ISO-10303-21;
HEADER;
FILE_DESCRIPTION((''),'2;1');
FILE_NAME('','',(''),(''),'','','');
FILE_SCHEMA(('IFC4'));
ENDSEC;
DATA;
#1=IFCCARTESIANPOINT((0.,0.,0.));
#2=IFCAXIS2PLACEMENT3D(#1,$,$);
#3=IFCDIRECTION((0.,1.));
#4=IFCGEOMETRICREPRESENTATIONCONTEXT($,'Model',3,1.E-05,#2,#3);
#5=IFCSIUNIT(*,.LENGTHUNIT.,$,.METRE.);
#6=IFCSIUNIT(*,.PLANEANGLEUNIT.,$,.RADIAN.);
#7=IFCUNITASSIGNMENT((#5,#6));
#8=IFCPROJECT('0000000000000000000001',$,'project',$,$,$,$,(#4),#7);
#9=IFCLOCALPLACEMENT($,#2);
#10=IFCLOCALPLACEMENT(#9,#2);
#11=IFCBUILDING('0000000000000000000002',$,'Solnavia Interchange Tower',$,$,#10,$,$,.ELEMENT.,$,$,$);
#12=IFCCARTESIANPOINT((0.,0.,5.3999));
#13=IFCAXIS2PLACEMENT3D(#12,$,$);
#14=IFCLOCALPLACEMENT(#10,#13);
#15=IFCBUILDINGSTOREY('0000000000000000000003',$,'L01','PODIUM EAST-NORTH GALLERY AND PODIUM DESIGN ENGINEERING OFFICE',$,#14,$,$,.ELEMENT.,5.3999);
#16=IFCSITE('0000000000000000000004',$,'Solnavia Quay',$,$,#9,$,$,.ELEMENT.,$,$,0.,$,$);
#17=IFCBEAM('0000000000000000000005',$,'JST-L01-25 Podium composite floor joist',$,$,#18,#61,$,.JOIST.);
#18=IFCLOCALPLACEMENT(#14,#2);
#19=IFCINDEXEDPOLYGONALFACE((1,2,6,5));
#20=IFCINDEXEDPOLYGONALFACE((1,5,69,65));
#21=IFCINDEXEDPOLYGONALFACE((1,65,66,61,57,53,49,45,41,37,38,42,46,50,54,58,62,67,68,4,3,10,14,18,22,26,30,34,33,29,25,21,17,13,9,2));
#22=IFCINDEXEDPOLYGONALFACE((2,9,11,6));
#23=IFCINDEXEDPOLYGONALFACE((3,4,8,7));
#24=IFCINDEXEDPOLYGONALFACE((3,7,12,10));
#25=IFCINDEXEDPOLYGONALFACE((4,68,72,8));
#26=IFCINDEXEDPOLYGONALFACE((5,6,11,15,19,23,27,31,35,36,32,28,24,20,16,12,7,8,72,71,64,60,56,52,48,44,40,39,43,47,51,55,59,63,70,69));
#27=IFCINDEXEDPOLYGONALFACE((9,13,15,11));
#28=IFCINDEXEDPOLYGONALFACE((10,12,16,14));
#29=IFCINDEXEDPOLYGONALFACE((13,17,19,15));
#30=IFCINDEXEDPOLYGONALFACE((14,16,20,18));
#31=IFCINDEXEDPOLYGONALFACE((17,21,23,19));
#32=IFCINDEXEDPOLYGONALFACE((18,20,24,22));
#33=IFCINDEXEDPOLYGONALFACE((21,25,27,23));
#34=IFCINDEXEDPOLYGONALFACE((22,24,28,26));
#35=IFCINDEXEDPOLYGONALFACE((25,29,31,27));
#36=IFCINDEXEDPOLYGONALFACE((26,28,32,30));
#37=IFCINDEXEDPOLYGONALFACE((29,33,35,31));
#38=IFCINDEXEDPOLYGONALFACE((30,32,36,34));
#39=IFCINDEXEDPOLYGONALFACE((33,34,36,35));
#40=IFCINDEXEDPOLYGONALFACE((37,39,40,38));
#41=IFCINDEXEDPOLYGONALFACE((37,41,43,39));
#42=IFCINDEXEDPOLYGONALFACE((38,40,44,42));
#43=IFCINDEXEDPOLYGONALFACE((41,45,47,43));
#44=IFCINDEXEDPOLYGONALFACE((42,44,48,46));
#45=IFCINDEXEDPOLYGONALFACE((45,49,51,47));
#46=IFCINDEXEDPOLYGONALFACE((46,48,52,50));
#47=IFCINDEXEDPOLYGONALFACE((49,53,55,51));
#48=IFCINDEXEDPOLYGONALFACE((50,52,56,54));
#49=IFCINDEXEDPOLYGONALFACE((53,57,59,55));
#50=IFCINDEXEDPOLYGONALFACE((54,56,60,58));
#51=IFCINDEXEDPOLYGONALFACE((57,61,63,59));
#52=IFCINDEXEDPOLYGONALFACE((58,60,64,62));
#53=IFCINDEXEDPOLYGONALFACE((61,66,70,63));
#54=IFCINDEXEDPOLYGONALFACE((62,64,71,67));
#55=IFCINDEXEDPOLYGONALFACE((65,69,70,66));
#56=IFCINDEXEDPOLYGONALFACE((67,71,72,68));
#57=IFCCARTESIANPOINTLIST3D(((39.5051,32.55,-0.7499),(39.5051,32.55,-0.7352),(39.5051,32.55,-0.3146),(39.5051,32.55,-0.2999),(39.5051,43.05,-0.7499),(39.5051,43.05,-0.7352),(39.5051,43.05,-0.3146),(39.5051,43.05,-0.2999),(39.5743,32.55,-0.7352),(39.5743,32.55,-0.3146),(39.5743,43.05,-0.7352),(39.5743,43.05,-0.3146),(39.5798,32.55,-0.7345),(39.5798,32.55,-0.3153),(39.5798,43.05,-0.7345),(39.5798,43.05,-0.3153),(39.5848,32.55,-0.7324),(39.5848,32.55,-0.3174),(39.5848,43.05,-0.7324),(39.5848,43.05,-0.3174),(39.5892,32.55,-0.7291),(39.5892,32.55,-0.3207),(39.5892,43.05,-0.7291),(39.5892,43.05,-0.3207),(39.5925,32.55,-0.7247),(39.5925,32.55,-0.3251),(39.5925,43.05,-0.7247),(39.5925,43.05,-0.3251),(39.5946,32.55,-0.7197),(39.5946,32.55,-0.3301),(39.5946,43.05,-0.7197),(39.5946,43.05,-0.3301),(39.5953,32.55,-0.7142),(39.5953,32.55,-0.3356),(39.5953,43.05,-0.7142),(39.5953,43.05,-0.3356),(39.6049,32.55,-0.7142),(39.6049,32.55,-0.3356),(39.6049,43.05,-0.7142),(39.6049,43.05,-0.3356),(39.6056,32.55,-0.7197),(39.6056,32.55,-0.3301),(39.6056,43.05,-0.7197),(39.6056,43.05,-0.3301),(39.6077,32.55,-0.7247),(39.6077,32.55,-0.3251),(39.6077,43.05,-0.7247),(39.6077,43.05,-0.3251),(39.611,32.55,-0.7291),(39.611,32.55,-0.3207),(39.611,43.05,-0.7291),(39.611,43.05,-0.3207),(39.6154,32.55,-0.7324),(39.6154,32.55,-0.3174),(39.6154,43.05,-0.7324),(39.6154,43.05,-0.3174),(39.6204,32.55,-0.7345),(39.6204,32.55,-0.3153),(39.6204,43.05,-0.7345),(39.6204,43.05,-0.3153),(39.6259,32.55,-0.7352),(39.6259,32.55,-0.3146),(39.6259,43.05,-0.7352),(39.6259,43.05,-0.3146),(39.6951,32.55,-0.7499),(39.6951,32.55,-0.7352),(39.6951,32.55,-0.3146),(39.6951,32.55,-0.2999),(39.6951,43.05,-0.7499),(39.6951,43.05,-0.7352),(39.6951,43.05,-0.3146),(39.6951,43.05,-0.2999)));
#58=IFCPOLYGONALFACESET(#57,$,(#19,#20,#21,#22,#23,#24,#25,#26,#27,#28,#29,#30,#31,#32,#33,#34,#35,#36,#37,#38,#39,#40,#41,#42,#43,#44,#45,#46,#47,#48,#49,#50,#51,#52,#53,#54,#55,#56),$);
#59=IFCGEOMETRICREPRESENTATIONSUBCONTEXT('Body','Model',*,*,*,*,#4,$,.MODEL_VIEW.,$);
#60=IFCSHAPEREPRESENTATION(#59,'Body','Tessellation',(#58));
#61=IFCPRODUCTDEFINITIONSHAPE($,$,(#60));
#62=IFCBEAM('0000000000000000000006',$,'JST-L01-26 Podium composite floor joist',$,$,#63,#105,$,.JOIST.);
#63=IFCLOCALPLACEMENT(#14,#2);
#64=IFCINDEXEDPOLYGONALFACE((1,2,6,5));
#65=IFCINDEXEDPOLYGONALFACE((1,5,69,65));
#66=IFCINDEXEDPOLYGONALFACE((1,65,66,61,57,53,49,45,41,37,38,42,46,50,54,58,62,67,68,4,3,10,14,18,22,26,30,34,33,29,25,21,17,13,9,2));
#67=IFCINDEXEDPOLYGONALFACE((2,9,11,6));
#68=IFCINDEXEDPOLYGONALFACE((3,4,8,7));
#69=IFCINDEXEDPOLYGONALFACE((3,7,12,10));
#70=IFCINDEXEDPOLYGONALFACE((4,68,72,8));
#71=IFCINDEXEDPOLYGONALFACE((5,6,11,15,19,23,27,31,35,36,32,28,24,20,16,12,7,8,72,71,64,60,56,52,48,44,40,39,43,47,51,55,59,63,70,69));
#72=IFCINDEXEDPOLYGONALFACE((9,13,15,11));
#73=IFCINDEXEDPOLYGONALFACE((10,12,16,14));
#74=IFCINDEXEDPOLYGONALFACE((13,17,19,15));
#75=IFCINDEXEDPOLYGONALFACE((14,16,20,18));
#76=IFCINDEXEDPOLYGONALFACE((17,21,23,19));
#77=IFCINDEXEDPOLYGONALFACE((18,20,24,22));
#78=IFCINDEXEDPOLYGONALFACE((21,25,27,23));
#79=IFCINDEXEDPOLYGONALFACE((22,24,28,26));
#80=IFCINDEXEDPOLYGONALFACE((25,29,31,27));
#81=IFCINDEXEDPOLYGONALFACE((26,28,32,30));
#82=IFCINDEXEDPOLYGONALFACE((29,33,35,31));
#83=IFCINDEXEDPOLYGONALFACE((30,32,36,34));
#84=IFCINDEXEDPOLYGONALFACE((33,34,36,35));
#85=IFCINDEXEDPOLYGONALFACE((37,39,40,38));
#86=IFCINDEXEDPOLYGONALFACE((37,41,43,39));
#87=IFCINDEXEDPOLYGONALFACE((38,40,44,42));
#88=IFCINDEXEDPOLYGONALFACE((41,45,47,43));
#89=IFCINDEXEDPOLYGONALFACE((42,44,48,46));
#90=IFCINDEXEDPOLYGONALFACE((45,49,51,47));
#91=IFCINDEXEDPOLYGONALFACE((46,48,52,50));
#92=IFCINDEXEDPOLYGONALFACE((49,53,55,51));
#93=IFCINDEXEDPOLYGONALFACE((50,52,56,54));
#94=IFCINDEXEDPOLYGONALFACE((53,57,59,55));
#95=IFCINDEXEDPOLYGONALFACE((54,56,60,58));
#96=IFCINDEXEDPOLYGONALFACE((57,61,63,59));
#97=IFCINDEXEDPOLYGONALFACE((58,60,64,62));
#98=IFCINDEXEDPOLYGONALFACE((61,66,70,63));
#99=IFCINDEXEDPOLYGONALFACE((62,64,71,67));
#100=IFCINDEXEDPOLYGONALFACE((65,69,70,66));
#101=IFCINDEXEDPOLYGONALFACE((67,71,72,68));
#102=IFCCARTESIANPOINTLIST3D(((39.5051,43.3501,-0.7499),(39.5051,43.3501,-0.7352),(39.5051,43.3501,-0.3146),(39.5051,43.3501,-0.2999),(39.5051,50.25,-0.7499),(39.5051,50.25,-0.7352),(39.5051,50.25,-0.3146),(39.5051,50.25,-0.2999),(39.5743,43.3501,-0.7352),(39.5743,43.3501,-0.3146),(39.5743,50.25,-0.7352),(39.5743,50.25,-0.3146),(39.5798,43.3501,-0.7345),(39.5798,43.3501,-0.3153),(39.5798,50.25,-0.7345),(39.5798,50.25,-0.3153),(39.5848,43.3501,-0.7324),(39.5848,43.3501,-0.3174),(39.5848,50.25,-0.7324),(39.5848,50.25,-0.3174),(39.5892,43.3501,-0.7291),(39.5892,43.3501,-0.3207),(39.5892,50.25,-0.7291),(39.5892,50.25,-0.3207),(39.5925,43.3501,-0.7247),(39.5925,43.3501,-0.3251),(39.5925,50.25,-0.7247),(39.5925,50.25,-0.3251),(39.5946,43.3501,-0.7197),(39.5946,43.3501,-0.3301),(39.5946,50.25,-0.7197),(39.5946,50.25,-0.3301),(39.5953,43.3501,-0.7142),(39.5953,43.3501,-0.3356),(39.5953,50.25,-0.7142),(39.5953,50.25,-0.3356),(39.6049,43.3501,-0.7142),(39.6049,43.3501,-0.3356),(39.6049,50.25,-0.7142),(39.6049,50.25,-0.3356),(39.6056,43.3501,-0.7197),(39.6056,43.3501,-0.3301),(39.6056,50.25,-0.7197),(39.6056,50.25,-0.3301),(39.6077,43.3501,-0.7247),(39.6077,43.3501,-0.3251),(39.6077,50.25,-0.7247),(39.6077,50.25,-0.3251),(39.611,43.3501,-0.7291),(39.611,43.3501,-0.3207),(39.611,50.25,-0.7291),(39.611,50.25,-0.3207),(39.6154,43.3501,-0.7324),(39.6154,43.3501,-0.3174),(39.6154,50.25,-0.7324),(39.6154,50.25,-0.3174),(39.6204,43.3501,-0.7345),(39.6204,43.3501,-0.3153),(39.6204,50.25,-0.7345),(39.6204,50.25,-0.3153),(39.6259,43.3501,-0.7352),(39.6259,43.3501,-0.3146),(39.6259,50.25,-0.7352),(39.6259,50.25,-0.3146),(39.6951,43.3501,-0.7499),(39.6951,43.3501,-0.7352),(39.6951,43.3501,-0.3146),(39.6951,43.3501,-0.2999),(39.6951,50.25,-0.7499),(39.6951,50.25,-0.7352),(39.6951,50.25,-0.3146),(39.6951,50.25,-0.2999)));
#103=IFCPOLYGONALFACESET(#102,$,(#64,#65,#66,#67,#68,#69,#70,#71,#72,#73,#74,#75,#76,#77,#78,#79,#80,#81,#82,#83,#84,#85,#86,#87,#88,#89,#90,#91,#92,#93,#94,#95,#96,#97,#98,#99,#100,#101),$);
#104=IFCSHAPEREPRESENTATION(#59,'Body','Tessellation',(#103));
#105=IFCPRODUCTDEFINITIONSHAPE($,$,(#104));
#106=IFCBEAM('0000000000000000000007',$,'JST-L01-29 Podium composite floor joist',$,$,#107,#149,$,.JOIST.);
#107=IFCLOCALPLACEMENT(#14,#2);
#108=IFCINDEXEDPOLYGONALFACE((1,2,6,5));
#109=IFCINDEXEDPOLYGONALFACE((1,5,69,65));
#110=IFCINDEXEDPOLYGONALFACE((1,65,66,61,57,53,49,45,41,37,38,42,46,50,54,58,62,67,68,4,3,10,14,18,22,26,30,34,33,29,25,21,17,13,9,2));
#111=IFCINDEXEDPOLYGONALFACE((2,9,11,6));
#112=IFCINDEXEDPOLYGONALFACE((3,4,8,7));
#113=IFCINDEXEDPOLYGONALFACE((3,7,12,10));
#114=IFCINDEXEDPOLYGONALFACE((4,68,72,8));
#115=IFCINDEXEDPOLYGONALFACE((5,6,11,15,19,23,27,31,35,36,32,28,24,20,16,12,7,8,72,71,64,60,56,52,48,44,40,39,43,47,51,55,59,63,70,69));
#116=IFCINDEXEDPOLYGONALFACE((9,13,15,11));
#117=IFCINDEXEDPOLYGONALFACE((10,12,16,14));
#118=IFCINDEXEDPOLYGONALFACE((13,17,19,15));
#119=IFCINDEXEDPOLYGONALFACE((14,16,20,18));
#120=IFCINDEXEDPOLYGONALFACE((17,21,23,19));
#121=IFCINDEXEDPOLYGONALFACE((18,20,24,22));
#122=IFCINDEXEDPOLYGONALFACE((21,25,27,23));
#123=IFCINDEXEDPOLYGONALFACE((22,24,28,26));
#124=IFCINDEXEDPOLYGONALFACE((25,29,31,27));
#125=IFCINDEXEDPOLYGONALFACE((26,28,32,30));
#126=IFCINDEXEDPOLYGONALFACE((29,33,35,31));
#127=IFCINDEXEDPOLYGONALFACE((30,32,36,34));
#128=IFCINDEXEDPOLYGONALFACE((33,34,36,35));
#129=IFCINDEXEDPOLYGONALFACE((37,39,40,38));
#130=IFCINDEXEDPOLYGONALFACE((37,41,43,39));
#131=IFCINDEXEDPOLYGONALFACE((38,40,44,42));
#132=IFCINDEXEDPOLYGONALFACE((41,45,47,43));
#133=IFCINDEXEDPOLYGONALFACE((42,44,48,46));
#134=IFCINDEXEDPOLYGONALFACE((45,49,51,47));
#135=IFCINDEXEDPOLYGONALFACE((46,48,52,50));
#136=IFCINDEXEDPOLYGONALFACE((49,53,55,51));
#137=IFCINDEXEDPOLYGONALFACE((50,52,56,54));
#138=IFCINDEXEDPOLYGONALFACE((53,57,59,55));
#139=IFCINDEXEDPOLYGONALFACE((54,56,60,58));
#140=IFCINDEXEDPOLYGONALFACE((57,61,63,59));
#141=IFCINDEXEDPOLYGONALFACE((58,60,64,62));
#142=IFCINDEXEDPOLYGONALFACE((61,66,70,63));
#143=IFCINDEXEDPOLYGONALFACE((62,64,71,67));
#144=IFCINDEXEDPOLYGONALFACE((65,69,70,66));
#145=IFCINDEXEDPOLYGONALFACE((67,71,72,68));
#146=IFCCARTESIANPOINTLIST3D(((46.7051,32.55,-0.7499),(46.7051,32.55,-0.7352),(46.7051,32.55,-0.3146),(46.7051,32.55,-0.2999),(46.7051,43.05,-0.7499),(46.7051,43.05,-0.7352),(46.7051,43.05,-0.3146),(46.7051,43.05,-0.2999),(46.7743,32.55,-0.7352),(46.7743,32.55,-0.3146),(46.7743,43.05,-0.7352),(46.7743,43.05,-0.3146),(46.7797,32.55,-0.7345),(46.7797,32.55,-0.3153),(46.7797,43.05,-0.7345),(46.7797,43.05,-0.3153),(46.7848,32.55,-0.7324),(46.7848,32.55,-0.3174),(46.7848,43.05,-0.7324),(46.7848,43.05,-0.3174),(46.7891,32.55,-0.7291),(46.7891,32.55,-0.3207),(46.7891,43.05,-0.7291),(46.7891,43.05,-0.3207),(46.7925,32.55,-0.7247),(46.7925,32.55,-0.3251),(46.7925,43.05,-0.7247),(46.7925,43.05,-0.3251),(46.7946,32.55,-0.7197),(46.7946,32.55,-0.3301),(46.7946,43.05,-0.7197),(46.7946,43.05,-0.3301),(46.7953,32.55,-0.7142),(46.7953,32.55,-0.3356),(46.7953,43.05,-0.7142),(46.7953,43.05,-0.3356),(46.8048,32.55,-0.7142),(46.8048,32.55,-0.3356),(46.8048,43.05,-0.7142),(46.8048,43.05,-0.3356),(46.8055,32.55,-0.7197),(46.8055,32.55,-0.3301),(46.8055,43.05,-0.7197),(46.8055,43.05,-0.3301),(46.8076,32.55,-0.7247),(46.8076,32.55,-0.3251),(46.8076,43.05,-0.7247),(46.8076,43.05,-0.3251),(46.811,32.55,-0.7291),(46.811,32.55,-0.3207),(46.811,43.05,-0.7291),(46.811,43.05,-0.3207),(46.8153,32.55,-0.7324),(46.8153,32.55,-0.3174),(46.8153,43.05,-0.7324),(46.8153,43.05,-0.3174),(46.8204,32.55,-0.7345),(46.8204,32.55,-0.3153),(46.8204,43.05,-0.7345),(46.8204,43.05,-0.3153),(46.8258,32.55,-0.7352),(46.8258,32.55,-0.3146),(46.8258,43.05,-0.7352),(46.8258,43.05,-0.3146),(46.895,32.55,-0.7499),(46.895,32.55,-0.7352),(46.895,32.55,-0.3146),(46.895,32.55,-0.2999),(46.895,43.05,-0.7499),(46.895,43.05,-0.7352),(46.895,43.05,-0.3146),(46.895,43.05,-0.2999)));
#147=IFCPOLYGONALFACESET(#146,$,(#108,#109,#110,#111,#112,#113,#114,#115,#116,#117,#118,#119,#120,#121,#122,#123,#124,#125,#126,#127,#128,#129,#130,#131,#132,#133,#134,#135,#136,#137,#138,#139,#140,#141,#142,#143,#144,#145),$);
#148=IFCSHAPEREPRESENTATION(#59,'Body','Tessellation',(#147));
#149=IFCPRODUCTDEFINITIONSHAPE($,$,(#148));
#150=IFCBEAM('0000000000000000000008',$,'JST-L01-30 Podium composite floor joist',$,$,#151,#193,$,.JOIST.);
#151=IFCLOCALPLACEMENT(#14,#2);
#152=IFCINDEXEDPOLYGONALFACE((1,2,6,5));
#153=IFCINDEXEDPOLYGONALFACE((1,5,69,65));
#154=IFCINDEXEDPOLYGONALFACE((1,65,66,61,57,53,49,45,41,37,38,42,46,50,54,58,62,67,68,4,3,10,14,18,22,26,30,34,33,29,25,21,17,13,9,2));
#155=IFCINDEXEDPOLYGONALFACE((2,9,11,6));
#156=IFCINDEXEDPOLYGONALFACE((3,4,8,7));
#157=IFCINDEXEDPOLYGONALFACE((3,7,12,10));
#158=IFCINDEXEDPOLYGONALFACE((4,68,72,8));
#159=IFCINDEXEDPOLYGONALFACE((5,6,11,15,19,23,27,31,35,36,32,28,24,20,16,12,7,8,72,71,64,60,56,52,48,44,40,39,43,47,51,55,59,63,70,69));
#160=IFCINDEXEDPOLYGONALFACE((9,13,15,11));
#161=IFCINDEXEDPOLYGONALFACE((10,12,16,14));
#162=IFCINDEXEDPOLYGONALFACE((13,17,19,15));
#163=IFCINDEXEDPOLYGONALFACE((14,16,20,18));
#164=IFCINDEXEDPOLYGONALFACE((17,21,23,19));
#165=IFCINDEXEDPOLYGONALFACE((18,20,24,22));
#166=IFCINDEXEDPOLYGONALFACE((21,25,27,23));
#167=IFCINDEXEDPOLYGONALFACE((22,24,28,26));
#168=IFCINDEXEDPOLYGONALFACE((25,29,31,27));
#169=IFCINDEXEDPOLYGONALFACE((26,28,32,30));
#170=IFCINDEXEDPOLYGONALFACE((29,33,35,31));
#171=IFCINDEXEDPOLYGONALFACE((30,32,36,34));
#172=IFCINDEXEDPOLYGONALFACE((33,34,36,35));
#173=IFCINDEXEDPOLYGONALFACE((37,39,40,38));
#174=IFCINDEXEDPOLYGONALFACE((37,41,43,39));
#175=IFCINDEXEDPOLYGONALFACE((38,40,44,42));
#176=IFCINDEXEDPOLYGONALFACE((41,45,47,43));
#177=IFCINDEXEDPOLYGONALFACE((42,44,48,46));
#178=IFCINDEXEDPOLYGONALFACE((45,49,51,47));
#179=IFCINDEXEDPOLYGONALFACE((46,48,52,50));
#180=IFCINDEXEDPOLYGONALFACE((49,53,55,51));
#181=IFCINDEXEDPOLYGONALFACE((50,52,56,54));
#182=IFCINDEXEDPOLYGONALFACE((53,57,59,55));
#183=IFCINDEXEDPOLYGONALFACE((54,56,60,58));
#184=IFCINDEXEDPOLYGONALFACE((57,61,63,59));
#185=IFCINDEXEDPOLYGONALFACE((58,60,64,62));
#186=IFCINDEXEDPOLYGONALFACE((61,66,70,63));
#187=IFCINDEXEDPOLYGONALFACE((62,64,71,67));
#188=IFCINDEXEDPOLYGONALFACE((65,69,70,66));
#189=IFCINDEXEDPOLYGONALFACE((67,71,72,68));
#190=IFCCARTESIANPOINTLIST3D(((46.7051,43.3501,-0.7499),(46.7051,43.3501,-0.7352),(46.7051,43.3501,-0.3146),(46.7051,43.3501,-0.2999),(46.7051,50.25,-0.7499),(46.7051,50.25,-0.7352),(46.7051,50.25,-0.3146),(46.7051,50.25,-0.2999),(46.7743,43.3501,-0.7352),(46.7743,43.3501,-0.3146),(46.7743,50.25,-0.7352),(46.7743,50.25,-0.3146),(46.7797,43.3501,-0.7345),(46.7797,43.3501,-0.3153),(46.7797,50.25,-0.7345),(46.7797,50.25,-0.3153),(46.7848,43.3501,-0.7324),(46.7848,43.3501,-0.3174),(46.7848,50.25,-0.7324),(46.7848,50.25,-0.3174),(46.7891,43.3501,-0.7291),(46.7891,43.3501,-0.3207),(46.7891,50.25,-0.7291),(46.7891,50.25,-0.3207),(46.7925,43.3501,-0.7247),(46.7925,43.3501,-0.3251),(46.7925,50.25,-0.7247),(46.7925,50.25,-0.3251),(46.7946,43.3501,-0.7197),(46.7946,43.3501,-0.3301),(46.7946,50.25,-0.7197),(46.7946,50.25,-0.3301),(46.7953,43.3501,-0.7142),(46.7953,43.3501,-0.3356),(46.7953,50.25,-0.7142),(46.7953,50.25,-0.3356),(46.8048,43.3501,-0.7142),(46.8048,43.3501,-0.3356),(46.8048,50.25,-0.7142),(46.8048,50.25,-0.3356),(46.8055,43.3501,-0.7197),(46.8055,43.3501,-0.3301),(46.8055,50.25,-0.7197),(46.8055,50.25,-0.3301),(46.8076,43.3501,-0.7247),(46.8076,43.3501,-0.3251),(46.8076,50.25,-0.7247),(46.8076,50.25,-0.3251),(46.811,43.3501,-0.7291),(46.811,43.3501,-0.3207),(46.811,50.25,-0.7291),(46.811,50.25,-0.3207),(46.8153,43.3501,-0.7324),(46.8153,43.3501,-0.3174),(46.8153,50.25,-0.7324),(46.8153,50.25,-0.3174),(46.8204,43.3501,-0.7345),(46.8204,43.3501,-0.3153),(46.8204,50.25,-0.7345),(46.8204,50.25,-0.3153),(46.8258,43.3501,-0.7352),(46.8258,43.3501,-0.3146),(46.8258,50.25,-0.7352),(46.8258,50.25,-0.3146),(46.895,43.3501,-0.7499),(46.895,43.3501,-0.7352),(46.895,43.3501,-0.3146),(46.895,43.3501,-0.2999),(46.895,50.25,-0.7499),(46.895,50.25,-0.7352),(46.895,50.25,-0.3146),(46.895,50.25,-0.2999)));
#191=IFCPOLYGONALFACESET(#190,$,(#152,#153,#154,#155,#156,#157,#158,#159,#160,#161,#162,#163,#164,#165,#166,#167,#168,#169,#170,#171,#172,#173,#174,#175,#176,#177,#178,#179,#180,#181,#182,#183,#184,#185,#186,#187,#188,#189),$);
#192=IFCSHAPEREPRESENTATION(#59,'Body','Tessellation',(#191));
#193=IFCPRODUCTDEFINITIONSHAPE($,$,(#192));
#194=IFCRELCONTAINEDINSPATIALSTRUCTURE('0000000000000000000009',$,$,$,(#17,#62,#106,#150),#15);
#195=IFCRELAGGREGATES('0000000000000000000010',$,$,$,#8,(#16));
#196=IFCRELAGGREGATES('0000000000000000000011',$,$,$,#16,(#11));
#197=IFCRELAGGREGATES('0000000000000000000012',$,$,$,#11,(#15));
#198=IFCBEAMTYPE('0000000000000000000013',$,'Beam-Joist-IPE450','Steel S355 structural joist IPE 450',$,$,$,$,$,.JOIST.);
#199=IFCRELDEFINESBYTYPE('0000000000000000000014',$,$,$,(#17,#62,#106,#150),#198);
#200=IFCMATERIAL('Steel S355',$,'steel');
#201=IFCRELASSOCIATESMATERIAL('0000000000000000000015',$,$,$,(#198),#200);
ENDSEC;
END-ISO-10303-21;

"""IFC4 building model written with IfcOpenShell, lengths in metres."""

from ifc_helpers import new_model, si_unit, direction, frame, origin, origin_2d, place, context, subcontext, project, spatial, i_section, extrude, material, material_profile, profile_set, type_object, element, save


model = new_model("IFC4")

# Units and contexts
model_context = context("Model", 3, precision=1e-05, world=origin(), true_north=direction((0.0, 1.0)))
body_context = subcontext(model_context, "Body", "Model", "MODEL_VIEW")
ifc_project = project(units=[si_unit("LENGTHUNIT", "METRE"), si_unit("PLANEANGLEUNIT", "RADIAN")], contexts=[model_context])

# Site, building, storey
site_placement = place(None, origin())
site = spatial("IfcSite", under=ifc_project, at=site_placement, Name="Solnavia Quay", CompositionType="ELEMENT", RefElevation=0.0)
building_placement = place(site_placement, origin())
building = spatial("IfcBuilding", under=site, at=building_placement, Name="Solnavia Interchange Tower", CompositionType="ELEMENT")
storey_placement = place(building_placement, frame((0.0, 0.0, 5.3999)))
storey = spatial("IfcBuildingStorey", under=building, at=storey_placement, Name="L01", Description="PODIUM EAST-NORTH GALLERY AND PODIUM DESIGN ENGINEERING OFFICE", CompositionType="ELEMENT", Elevation=5.3999)

# Beams
ifc_material_1 = material(Name="Steel S355", Category="steel")
ifc_material_profile_1 = material_profile(ifc_material_1, i_section(OverallWidth=0.1899, OverallDepth=0.45, WebThickness=0.0095, FlangeThickness=0.0146, FilletRadius=0.021, at=origin_2d()), Name="IPE 450")
ifc_profile_set_1 = profile_set([ifc_material_profile_1], Name="Steel S355")
beam_type_1 = type_object("IfcBeamType", Name="Beam-Joist-IPE450", Description="Steel S355 structural joist IPE 450", PredefinedType="JOIST", material=ifc_profile_set_1)
beam_1_placement = place(storey_placement, frame((39.6001, 32.55, -0.5249), z_axis=(0.0, 1.0, 0.0), x_axis=(-1.0, 0.0, 0.0)))
element("IfcBeam", 1, at=beam_1_placement, inside=storey, type_object=beam_type_1, Name="JST-L01-25 Podium composite floor joist", PredefinedType="JOIST", context=body_context, shape_type="SweptSolid", body=[
    extrude(i_section(OverallWidth=0.1899, OverallDepth=0.45, WebThickness=0.0095, FlangeThickness=0.0146, FilletRadius=0.021, at=origin_2d()), origin(), (0.0, 0.0, 1.0), 10.5),
])
beam_2_placement = place(storey_placement, frame((39.6001, 43.3501, -0.5249), z_axis=(0.0, 1.0, 0.0), x_axis=(-1.0, 0.0, 0.0)))
element("IfcBeam", 2, at=beam_2_placement, inside=storey, type_object=beam_type_1, Name="JST-L01-26 Podium composite floor joist", PredefinedType="JOIST", context=body_context, shape_type="SweptSolid", body=[
    extrude(i_section(OverallWidth=0.1899, OverallDepth=0.45, WebThickness=0.0095, FlangeThickness=0.0146, FilletRadius=0.021, at=origin_2d()), origin(), (0.0, 0.0, 1.0), 6.8999),
])
beam_3_placement = place(storey_placement, frame((46.8, 32.55, -0.5249), z_axis=(0.0, 1.0, 0.0), x_axis=(-1.0, 0.0, 0.0)))
element("IfcBeam", 3, at=beam_3_placement, inside=storey, type_object=beam_type_1, Name="JST-L01-29 Podium composite floor joist", PredefinedType="JOIST", context=body_context, shape_type="SweptSolid", body=[
    extrude(i_section(OverallWidth=0.1899, OverallDepth=0.45, WebThickness=0.0095, FlangeThickness=0.0146, FilletRadius=0.021, at=origin_2d()), origin(), (0.0, 0.0, 1.0), 10.5),
])
beam_4_placement = place(storey_placement, frame((46.8, 43.3501, -0.5249), z_axis=(0.0, 1.0, 0.0), x_axis=(-1.0, 0.0, 0.0)))
element("IfcBeam", 4, at=beam_4_placement, inside=storey, type_object=beam_type_1, Name="JST-L01-30 Podium composite floor joist", PredefinedType="JOIST", context=body_context, shape_type="SweptSolid", body=[
    extrude(i_section(OverallWidth=0.1899, OverallDepth=0.45, WebThickness=0.0095, FlangeThickness=0.0146, FilletRadius=0.021, at=origin_2d()), origin(), (0.0, 0.0, 1.0), 6.8999),
])

save(model, "model.ifc")
